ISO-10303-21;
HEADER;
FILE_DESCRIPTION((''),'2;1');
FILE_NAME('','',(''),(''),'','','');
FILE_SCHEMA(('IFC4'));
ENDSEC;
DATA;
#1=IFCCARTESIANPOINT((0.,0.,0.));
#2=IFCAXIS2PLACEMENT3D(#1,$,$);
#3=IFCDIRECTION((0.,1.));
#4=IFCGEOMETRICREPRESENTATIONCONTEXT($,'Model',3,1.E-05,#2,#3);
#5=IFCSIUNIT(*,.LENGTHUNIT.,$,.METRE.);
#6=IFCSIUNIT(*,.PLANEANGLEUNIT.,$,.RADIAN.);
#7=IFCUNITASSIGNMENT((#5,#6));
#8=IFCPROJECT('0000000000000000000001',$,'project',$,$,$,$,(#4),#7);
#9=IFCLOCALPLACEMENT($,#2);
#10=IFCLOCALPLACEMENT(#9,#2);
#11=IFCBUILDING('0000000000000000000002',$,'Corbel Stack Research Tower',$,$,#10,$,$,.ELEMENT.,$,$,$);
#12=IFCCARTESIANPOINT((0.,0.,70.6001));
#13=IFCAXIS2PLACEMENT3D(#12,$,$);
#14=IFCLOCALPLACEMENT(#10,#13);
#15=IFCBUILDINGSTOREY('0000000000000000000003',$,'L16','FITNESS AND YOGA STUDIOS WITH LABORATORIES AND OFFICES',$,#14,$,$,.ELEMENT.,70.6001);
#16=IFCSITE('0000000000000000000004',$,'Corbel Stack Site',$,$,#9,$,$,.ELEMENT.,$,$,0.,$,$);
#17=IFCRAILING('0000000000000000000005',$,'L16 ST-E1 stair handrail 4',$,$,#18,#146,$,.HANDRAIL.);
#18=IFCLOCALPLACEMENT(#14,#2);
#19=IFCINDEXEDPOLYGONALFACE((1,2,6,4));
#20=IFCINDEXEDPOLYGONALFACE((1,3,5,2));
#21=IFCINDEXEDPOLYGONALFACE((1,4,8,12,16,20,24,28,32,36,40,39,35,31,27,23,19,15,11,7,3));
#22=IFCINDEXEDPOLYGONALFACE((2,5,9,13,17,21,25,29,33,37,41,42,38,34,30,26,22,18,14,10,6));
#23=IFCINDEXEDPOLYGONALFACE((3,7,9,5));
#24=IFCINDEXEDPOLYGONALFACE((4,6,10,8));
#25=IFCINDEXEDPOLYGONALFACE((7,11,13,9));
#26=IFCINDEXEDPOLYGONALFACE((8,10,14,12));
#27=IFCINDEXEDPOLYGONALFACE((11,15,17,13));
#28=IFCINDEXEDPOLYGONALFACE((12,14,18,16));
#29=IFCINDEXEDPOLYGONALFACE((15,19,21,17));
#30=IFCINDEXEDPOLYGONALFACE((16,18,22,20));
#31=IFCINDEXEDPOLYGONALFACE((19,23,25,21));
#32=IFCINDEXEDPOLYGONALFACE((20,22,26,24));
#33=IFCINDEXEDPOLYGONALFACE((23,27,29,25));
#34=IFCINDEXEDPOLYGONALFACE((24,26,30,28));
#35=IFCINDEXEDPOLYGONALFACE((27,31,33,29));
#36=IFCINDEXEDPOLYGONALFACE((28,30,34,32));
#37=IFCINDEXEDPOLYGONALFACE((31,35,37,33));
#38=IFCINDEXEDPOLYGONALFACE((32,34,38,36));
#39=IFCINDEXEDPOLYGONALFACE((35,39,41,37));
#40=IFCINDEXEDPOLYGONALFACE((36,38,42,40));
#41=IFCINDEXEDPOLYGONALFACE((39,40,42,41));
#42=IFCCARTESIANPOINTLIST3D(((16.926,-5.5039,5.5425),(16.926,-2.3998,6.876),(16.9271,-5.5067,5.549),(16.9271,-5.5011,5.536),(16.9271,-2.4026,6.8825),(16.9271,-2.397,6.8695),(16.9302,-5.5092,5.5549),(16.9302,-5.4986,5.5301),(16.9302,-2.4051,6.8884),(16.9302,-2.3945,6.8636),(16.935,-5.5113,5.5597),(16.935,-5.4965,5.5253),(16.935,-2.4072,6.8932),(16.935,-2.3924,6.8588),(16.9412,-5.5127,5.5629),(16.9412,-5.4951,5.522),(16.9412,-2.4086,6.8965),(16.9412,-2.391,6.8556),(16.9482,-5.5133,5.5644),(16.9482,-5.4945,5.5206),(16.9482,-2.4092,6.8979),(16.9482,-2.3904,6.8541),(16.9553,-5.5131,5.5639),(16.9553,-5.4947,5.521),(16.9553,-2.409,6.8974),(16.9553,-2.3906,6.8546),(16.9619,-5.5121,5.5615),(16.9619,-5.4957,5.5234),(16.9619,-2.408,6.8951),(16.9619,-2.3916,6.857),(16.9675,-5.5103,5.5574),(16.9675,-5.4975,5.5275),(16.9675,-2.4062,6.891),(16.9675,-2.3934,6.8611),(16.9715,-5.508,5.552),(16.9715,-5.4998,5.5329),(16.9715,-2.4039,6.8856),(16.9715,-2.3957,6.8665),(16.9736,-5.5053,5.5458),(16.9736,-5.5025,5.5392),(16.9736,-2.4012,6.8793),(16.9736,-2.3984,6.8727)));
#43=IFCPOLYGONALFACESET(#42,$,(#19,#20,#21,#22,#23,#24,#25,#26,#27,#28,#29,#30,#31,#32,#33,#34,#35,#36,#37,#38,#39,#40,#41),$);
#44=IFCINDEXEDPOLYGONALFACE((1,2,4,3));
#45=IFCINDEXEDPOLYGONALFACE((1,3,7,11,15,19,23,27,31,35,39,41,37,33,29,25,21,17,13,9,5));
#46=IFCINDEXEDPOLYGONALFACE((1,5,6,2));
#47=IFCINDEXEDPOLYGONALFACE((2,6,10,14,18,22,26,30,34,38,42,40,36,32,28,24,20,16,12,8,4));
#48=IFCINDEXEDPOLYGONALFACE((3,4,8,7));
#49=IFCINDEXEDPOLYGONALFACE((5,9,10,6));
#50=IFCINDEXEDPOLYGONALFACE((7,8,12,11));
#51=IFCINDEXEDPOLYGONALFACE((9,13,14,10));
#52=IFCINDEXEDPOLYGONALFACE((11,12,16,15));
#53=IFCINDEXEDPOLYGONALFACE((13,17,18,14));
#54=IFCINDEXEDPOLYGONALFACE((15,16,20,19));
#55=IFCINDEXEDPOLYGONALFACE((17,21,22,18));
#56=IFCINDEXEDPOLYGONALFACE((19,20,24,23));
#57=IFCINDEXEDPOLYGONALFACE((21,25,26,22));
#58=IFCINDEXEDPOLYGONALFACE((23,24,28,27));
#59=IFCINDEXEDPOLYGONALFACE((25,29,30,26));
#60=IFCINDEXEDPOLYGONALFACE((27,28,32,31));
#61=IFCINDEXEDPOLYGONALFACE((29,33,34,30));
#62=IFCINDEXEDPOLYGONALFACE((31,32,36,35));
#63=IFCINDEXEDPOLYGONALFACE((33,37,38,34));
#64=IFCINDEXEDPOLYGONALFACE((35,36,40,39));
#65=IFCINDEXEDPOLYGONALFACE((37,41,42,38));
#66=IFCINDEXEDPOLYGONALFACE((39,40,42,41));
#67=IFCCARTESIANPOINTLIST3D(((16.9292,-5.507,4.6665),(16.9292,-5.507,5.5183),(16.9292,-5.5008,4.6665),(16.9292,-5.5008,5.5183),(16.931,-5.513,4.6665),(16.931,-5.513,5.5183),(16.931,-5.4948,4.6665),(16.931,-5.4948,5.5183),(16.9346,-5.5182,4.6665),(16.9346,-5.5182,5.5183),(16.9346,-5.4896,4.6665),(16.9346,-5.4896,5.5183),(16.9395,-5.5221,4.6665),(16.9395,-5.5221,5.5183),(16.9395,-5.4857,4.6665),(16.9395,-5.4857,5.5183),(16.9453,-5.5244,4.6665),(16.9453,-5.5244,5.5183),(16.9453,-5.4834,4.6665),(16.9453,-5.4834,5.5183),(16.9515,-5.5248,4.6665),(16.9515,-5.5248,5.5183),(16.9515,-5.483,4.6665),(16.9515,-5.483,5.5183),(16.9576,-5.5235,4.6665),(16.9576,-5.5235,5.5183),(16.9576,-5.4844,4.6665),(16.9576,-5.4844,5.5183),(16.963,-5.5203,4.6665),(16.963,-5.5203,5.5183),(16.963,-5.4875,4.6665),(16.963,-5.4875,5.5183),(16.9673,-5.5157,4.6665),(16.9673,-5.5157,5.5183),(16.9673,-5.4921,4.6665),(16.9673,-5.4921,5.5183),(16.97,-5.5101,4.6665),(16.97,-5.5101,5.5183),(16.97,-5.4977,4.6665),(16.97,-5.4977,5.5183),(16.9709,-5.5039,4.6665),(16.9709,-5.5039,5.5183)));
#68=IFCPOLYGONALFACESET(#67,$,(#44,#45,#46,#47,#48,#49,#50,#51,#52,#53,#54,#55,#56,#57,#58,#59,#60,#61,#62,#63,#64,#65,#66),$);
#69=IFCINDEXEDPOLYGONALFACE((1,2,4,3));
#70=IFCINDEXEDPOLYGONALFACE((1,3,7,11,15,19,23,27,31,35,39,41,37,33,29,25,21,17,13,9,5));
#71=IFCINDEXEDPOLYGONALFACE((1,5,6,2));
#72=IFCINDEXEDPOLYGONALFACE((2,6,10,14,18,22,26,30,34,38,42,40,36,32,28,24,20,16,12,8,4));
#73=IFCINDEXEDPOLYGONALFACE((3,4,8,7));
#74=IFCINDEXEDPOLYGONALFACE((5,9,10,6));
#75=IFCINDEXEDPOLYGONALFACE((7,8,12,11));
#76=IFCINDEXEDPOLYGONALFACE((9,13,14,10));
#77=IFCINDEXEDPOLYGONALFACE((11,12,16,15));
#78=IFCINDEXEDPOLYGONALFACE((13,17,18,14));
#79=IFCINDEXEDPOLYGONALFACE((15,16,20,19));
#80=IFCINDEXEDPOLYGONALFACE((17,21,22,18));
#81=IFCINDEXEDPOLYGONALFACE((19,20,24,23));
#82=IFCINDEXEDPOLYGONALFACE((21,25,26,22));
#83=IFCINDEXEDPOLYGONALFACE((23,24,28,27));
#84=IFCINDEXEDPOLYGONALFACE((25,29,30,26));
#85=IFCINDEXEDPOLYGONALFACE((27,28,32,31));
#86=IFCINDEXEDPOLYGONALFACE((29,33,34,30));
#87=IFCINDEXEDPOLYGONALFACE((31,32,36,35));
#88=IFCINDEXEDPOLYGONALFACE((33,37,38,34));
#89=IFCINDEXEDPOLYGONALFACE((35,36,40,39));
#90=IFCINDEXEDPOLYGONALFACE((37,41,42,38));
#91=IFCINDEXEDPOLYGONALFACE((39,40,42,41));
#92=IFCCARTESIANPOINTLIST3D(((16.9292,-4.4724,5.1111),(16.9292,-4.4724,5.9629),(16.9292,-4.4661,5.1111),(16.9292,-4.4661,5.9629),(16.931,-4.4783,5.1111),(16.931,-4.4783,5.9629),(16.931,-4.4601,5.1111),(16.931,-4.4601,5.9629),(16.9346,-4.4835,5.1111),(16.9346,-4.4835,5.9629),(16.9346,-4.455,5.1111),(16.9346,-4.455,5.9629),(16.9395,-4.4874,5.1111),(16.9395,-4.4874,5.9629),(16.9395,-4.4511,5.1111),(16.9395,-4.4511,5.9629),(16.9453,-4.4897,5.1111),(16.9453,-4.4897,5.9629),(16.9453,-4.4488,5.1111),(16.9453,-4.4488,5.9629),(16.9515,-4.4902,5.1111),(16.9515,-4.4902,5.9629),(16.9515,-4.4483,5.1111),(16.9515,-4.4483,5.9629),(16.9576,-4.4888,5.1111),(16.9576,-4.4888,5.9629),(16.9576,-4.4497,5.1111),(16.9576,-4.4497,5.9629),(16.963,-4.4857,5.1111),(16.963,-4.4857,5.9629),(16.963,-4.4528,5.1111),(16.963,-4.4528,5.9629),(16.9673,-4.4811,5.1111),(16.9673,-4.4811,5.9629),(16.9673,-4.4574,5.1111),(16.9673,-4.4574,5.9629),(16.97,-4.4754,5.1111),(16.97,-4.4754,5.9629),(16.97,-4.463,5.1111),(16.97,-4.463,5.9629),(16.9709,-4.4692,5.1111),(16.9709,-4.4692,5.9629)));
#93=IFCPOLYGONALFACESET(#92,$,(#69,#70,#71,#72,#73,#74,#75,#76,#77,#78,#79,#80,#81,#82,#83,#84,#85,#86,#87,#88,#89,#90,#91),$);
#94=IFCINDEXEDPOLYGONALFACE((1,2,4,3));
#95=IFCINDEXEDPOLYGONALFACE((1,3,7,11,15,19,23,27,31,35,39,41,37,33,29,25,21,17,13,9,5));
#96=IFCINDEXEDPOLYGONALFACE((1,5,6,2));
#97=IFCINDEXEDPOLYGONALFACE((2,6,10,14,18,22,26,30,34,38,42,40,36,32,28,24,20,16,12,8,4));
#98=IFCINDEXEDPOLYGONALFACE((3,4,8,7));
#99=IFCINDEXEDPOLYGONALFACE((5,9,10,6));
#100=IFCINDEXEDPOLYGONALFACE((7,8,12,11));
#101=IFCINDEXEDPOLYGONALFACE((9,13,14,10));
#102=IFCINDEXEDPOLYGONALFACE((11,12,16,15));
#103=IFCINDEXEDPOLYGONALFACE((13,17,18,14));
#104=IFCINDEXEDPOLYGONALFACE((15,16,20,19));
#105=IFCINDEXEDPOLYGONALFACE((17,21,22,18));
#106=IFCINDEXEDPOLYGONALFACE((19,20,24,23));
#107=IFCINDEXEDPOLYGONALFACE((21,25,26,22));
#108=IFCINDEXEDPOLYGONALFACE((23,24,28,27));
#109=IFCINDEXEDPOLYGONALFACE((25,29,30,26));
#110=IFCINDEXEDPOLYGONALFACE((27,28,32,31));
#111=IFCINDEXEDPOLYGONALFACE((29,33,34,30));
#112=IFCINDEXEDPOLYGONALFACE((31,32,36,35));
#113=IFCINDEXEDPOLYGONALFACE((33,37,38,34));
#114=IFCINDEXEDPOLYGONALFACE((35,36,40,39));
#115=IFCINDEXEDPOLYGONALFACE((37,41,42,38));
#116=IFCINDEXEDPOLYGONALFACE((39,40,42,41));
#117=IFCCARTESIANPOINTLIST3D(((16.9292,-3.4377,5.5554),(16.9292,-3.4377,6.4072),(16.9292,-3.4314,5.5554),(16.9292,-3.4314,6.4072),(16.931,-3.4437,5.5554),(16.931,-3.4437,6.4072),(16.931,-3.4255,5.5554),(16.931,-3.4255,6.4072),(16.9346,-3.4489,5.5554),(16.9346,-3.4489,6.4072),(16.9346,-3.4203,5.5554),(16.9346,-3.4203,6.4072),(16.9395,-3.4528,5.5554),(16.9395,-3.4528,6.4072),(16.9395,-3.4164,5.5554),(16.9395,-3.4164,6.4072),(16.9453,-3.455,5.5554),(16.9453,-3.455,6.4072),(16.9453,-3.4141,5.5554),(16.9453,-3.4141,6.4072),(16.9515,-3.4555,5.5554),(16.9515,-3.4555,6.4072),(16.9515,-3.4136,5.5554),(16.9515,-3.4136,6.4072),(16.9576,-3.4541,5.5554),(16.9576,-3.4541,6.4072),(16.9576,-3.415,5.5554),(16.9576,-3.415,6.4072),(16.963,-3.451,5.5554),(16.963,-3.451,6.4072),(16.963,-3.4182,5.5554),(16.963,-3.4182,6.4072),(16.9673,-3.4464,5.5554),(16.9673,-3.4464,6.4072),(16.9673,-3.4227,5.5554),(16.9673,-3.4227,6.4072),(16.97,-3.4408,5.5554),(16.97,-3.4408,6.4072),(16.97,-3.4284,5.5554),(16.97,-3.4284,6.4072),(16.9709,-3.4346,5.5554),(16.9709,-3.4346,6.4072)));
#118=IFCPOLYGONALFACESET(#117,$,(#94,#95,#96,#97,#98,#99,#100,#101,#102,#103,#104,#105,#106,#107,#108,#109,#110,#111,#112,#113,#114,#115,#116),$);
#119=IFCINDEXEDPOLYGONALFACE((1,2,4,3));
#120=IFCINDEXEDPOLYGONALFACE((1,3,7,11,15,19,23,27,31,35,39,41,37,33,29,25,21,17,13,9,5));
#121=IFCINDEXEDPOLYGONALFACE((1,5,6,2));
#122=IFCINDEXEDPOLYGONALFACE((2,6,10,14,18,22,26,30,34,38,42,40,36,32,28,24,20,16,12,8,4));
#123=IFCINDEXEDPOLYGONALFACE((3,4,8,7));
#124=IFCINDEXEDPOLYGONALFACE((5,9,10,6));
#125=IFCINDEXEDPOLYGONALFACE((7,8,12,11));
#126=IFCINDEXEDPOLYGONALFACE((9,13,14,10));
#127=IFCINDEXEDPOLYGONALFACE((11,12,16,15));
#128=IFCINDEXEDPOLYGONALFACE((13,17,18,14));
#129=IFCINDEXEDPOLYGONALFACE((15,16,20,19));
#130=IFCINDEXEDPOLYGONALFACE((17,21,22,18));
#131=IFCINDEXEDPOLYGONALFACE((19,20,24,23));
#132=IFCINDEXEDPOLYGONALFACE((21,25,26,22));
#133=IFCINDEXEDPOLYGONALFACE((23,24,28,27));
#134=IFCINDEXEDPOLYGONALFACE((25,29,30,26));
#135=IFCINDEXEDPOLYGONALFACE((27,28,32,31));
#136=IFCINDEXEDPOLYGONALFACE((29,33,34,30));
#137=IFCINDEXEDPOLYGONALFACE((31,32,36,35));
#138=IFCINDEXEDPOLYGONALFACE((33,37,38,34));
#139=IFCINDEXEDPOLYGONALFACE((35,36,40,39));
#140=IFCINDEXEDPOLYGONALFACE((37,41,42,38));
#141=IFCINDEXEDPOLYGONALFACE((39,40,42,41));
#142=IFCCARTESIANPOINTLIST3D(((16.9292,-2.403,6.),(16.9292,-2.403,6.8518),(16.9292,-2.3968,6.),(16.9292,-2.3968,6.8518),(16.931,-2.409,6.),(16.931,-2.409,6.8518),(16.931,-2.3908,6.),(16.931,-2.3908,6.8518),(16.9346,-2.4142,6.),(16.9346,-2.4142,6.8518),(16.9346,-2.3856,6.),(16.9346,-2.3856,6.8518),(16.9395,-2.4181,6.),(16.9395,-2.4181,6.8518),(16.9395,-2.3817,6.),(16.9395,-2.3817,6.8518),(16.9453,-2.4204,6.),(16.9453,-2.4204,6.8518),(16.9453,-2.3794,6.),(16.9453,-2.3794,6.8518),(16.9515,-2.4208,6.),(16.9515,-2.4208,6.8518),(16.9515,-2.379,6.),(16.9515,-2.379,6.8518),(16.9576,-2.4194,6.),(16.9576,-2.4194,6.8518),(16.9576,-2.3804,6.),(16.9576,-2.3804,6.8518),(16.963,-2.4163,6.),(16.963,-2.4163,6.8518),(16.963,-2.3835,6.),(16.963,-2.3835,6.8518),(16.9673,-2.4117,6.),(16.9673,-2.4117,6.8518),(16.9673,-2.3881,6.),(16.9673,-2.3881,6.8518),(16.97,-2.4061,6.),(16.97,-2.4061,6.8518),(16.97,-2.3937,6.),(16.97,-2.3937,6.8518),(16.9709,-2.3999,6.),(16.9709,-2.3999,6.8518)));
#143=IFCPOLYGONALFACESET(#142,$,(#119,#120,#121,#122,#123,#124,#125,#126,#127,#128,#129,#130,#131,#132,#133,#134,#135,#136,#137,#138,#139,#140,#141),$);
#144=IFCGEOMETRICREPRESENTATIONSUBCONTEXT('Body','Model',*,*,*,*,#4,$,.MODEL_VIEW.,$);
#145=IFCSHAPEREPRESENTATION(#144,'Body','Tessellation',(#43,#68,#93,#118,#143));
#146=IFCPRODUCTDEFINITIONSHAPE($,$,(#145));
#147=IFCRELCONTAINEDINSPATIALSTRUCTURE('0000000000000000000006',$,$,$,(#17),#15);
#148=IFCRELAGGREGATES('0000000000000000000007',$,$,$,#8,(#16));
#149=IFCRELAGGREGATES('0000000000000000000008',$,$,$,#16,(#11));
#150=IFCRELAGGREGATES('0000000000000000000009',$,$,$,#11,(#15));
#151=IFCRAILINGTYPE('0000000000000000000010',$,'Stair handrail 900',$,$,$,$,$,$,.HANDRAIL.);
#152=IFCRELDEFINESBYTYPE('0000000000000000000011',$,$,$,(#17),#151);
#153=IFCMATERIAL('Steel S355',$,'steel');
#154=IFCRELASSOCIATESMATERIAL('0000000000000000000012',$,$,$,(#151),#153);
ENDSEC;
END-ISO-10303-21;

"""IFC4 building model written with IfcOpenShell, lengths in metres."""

from ifc_helpers import new_model, si_unit, direction, frame, origin, origin_2d, place, context, subcontext, project, spatial, circle, extrude, material, type_object, element, save


model = new_model("IFC4")

# Units and contexts
model_context = context("Model", 3, precision=1e-05, world=origin(), true_north=direction((0.0, 1.0)))
body_context = subcontext(model_context, "Body", "Model", "MODEL_VIEW")
ifc_project = project(units=[si_unit("LENGTHUNIT", "METRE"), si_unit("PLANEANGLEUNIT", "RADIAN")], contexts=[model_context])

# Site, building, storey
site_placement = place(None, origin())
site = spatial("IfcSite", under=ifc_project, at=site_placement, Name="Corbel Stack Site", CompositionType="ELEMENT", RefElevation=0.0)
building_placement = place(site_placement, origin())
building = spatial("IfcBuilding", under=site, at=building_placement, Name="Corbel Stack Research Tower", CompositionType="ELEMENT")
storey_placement = place(building_placement, frame((0.0, 0.0, 70.6001)))
storey = spatial("IfcBuildingStorey", under=building, at=storey_placement, Name="L16", Description="FITNESS AND YOGA STUDIOS WITH LABORATORIES AND OFFICES", CompositionType="ELEMENT", Elevation=70.6001)

# Railing
ifc_material_1 = material(Name="Steel S355", Category="steel")
railing_type_1 = type_object("IfcRailingType", Name="Stair handrail 900", PredefinedType="HANDRAIL", material=ifc_material_1)
for number, where, name in (
    (1, (16.95, -5.5039, 4.6665), "L16 ST-E1 stair handrail 4"),
):
    element("IfcRailing", number, at=place(storey_placement, frame(where)), inside=storey, type_object=railing_type_1, Name=name, PredefinedType="HANDRAIL", context=body_context, shape_type="SweptSolid", body=[
        extrude(circle(Radius=0.0239, at=origin_2d()), frame((0.0, 0.0, 0.876), z_axis=(0.0, 0.918801, 0.394722), x_axis=(-1.0, 0.0, 0.0)), (0.0, 0.0, 1.0), 3.3784),
        extrude(circle(Radius=0.021, at=origin_2d()), origin(), (0.0, 0.0, 1.0), 0.8518),
        extrude(circle(Radius=0.021, at=origin_2d()), frame((0.0, 1.0347, 0.4446)), (0.0, 0.0, 1.0), 0.8518),
        extrude(circle(Radius=0.021, at=origin_2d()), frame((0.0, 2.0693, 0.8889)), (0.0, 0.0, 1.0), 0.8518),
        extrude(circle(Radius=0.021, at=origin_2d()), frame((0.0, 3.104, 1.3335)), (0.0, 0.0, 1.0), 0.8518),
    ])

save(model, "model.ifc")
